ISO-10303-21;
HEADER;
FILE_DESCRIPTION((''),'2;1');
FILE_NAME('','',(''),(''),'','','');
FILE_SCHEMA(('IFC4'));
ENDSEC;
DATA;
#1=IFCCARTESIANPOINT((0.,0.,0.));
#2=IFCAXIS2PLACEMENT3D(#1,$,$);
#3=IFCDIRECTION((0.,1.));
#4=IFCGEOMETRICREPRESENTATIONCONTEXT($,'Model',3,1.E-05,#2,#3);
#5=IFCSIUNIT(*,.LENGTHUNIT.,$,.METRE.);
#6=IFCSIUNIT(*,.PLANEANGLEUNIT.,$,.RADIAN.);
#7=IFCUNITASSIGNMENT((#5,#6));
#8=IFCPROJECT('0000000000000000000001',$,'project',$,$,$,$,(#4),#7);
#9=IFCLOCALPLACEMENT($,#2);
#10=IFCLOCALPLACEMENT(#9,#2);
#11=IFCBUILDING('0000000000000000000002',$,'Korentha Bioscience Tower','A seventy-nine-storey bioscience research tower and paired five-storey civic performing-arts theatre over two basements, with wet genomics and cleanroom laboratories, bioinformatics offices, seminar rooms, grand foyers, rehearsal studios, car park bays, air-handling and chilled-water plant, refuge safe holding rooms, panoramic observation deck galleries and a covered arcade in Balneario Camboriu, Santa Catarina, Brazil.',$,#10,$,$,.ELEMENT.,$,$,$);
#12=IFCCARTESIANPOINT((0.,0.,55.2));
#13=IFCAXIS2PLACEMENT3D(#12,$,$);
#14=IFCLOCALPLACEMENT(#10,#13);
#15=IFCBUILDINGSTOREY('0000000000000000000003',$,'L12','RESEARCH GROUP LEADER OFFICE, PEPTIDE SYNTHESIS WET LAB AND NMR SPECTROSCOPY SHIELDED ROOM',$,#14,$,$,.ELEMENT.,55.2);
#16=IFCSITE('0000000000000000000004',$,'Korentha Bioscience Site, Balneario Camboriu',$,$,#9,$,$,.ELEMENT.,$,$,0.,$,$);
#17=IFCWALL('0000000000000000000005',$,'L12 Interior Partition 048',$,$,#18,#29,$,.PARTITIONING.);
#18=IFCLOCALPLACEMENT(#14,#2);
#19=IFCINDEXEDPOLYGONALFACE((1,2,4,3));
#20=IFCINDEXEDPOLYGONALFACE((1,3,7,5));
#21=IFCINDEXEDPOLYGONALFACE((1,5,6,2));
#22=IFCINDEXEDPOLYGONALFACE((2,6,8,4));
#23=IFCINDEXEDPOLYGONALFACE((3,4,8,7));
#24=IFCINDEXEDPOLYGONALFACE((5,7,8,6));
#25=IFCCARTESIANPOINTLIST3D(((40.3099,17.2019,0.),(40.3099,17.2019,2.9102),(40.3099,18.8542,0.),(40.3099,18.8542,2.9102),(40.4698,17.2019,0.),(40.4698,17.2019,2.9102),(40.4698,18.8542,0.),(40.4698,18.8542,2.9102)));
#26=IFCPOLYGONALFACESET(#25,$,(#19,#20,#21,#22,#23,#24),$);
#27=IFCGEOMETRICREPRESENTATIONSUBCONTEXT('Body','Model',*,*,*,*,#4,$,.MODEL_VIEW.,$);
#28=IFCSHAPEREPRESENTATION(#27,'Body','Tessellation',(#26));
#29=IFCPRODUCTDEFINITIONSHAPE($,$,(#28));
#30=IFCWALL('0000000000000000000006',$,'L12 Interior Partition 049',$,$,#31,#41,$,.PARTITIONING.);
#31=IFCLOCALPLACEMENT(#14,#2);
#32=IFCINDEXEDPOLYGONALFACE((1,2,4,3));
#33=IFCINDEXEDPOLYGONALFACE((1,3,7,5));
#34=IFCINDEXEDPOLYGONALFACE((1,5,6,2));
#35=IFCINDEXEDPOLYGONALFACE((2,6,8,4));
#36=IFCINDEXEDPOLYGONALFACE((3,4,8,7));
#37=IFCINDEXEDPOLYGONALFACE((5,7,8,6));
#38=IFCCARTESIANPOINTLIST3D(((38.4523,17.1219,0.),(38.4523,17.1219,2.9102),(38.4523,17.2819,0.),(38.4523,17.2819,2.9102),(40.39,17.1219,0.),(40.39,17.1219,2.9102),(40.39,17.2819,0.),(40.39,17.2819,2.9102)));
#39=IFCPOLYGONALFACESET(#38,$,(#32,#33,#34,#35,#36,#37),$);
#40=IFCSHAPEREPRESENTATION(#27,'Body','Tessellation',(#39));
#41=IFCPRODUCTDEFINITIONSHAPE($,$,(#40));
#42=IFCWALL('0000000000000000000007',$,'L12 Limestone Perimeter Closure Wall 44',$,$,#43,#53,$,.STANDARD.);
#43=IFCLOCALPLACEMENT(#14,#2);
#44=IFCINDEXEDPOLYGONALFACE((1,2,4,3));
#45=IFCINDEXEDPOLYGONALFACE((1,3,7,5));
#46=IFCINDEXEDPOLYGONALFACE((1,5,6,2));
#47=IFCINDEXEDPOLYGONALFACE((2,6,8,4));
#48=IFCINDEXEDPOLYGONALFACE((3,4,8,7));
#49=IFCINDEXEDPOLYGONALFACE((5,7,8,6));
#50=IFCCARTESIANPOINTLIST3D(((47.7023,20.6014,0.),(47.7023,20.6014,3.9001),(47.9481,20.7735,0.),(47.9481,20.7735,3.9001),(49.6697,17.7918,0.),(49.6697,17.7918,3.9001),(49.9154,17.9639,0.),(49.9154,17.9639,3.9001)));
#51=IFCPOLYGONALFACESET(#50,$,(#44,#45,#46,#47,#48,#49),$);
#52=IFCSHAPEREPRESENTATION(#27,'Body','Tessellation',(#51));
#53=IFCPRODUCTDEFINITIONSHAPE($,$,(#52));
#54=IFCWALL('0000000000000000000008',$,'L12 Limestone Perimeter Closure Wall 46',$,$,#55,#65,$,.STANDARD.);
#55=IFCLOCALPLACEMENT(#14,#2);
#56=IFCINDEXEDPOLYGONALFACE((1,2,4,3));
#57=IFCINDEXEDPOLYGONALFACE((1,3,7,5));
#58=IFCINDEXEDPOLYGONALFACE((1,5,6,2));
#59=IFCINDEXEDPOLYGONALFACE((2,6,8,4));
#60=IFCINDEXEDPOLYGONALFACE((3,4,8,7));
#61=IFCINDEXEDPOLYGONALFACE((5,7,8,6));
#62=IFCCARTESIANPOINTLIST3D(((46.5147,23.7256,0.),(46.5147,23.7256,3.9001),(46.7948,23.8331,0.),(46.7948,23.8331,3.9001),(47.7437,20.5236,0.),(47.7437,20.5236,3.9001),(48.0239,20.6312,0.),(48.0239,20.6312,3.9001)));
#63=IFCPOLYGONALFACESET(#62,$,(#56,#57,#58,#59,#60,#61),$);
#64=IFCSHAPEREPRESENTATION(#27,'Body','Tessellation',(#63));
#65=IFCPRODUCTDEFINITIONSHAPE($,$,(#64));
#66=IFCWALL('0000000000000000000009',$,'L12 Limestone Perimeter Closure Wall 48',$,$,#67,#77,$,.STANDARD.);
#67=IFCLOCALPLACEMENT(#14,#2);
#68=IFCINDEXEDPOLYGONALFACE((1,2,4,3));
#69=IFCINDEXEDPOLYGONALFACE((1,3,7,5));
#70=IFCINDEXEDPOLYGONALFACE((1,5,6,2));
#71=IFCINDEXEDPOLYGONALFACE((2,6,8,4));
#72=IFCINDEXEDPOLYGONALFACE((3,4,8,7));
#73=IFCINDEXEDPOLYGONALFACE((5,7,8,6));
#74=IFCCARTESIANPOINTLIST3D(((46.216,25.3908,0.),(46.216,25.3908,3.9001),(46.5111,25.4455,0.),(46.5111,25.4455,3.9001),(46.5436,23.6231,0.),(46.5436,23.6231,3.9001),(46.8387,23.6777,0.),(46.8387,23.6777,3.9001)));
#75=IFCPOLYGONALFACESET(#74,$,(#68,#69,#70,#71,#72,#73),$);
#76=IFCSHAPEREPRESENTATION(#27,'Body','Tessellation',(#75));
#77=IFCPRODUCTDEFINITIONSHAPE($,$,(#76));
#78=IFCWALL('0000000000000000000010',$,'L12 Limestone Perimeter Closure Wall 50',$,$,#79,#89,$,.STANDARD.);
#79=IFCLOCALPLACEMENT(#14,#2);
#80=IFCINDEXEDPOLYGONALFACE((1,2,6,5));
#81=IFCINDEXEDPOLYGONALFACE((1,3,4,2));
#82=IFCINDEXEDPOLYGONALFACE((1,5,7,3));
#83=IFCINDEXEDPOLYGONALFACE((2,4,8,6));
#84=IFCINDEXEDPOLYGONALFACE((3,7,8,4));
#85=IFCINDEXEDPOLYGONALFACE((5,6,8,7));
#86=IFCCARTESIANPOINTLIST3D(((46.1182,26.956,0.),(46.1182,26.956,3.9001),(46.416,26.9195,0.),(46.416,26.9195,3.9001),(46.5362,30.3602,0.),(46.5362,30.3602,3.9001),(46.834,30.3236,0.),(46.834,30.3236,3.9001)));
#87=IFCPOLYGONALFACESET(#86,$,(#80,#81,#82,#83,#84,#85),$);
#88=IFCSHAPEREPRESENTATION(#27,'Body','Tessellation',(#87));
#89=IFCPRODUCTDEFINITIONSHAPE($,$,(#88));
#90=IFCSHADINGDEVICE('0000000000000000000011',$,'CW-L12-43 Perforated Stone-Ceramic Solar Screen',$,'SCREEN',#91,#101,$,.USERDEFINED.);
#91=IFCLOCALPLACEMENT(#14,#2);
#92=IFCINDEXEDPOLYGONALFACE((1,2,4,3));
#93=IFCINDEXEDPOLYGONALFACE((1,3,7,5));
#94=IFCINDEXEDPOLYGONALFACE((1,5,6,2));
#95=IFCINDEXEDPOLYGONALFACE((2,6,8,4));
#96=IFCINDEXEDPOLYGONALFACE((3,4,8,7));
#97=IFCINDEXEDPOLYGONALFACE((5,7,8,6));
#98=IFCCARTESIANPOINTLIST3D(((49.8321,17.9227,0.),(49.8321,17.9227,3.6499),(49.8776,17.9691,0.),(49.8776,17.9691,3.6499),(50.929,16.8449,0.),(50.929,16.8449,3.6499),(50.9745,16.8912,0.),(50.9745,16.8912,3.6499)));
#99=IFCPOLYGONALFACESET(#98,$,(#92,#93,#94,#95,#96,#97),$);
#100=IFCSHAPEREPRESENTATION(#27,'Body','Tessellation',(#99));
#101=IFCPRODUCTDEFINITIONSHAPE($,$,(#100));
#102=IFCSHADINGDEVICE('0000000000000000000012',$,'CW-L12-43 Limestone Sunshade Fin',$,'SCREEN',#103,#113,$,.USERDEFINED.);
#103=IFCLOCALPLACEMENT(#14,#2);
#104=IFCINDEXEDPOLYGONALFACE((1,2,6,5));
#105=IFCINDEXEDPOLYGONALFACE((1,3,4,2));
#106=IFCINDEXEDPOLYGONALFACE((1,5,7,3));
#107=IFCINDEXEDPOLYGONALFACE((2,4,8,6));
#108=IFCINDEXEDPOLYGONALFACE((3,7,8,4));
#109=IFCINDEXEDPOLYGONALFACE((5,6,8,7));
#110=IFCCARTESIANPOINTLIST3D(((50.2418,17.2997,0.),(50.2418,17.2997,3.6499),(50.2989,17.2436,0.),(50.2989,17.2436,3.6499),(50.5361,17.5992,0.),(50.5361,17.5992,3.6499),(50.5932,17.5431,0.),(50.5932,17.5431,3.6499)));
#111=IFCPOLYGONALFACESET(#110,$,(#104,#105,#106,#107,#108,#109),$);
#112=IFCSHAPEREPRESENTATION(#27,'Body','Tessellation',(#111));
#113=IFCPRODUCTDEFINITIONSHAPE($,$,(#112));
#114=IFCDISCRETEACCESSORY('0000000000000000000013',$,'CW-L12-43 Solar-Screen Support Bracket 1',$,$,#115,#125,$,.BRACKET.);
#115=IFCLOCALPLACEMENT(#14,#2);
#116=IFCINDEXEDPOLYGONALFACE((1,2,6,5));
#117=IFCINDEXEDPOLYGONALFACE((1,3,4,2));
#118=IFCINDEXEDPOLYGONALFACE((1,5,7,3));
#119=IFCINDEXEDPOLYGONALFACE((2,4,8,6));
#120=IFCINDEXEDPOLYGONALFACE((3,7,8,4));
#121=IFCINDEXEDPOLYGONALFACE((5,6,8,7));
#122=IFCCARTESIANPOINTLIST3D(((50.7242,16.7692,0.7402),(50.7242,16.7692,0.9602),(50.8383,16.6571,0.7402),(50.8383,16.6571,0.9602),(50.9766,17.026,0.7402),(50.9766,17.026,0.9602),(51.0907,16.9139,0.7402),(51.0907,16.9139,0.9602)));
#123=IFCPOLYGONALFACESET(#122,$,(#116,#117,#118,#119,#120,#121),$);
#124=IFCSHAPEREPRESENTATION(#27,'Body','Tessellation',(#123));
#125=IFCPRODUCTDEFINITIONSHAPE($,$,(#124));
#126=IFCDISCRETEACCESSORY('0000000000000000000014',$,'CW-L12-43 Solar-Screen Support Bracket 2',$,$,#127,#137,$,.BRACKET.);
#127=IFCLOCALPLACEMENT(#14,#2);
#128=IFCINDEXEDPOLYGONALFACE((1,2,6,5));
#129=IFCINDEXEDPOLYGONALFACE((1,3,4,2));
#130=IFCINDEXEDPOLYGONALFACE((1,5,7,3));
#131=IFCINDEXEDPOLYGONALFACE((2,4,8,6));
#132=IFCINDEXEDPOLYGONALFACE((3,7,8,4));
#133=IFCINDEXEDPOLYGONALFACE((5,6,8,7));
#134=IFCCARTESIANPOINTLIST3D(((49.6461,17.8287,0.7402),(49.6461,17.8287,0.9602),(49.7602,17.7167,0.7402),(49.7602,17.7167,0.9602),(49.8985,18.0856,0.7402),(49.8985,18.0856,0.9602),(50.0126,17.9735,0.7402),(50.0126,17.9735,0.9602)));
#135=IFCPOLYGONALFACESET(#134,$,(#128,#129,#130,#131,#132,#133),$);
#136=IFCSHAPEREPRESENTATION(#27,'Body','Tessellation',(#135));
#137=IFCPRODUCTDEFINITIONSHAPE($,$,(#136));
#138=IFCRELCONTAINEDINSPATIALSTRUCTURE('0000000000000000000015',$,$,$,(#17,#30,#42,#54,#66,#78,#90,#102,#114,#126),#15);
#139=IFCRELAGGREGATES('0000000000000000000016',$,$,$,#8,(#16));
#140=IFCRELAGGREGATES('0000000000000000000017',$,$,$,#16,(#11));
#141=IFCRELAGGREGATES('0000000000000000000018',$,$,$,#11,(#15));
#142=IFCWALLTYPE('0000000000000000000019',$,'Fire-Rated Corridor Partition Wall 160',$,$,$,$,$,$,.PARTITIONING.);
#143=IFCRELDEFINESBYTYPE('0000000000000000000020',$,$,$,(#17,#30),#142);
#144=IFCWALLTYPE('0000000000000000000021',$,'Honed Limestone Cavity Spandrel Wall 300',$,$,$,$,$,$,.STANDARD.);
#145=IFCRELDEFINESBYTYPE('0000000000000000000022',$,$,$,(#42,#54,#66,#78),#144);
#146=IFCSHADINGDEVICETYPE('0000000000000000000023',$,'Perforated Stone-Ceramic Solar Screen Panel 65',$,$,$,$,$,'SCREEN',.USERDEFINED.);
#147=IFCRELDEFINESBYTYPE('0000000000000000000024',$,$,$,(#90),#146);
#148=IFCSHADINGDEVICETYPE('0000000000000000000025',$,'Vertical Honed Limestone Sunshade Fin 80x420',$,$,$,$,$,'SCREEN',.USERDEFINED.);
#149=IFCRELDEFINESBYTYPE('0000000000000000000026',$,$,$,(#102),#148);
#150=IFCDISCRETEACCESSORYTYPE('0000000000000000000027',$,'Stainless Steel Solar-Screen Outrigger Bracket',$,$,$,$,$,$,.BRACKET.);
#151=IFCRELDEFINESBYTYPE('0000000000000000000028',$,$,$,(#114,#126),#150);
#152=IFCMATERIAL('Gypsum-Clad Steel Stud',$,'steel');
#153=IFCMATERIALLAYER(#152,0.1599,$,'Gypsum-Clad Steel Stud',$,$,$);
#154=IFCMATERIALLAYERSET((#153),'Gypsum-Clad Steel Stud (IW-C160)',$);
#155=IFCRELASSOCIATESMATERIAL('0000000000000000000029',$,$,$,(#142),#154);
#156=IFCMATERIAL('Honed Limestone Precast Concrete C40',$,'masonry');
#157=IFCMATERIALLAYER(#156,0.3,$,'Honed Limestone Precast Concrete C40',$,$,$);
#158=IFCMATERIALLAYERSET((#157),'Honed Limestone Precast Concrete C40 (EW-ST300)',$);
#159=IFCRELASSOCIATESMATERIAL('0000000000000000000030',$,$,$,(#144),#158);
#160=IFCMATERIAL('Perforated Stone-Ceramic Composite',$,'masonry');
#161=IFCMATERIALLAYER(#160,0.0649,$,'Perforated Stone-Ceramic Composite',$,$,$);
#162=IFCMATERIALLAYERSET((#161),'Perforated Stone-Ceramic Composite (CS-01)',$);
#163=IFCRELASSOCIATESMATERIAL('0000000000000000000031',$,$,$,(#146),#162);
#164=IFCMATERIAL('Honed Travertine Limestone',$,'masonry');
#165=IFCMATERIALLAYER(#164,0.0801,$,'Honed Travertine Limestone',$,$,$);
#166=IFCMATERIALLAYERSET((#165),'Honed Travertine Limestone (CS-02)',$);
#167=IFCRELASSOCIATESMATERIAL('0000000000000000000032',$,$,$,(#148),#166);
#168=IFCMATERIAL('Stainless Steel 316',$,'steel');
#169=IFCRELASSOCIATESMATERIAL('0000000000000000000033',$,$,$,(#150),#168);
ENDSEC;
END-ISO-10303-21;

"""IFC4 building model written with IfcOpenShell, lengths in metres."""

from ifc_helpers import new_model, si_unit, direction, frame, frame_2d, origin, origin_2d, place, context, subcontext, project, spatial, rectangle, extrude, material, layer, layer_set, type_object, element, save


model = new_model("IFC4")

# Units and contexts
model_context = context("Model", 3, precision=1e-05, world=origin(), true_north=direction((0.0, 1.0)))
body_context = subcontext(model_context, "Body", "Model", "MODEL_VIEW")
ifc_project = project(units=[si_unit("LENGTHUNIT", "METRE"), si_unit("PLANEANGLEUNIT", "RADIAN")], contexts=[model_context])

# Site, building, storey
site_placement = place(None, origin())
site = spatial("IfcSite", under=ifc_project, at=site_placement, Name="Korentha Bioscience Site, Balneario Camboriu", CompositionType="ELEMENT", RefElevation=0.0)
building_placement = place(site_placement, origin())
building = spatial("IfcBuilding", under=site, at=building_placement, Name="Korentha Bioscience Tower", Description="A seventy-nine-storey bioscience research tower and paired five-storey civic performing-arts theatre over two basements, with wet genomics and cleanroom laboratories, bioinformatics offices, seminar rooms, grand foyers, rehearsal studios, car park bays, air-handling and chilled-water plant, refuge safe holding rooms, panoramic observation deck galleries and a covered arcade in Balneario Camboriu, Santa Catarina, Brazil.", CompositionType="ELEMENT")
storey_placement = place(building_placement, frame((0.0, 0.0, 55.2)))
storey = spatial("IfcBuildingStorey", under=building, at=storey_placement, Name="L12", Description="RESEARCH GROUP LEADER OFFICE, PEPTIDE SYNTHESIS WET LAB AND NMR SPECTROSCOPY SHIELDED ROOM", CompositionType="ELEMENT", Elevation=55.2)

# Walls
ifc_material_1 = material(Name="Gypsum-Clad Steel Stud", Category="steel")
ifc_layer_1 = layer(ifc_material_1, 0.1599, Name="Gypsum-Clad Steel Stud")
ifc_layer_set_1 = layer_set([ifc_layer_1], Name="Gypsum-Clad Steel Stud (IW-C160)")
wall_type_1 = type_object("IfcWallType", Name="Fire-Rated Corridor Partition Wall 160", PredefinedType="PARTITIONING", material=ifc_layer_set_1)
wall_1_placement = place(storey_placement, frame((40.3899, 18.8542, 0.0), z_axis=(0.0, 0.0, 1.0), x_axis=(0.0, -1.0, 0.0)))
element("IfcWall", 1, at=wall_1_placement, inside=storey, type_object=wall_type_1, Name="L12 Interior Partition 048", PredefinedType="PARTITIONING", context=body_context, shape_type="SweptSolid", body=[
    extrude(rectangle(XDim=1.6523, YDim=0.1599, at=frame_2d((0.8262, 0.0))), origin(), (0.0, 0.0, 1.0), 2.9102),
])
wall_2_placement = place(storey_placement, frame((40.3899, 17.2019, 0.0), z_axis=(0.0, 0.0, 1.0), x_axis=(-1.0, 0.0, 0.0)))
element("IfcWall", 2, at=wall_2_placement, inside=storey, type_object=wall_type_1, Name="L12 Interior Partition 049", PredefinedType="PARTITIONING", context=body_context, shape_type="SweptSolid", body=[
    extrude(rectangle(XDim=1.9377, YDim=0.1599, at=frame_2d((0.9688, 0.0))), origin(), (0.0, 0.0, 1.0), 2.9102),
])
ifc_material_2 = material(Name="Honed Limestone Precast Concrete C40", Category="masonry")
ifc_layer_2 = layer(ifc_material_2, 0.3, Name="Honed Limestone Precast Concrete C40")
ifc_layer_set_2 = layer_set([ifc_layer_2], Name="Honed Limestone Precast Concrete C40 (EW-ST300)")
wall_type_2 = type_object("IfcWallType", Name="Honed Limestone Cavity Spandrel Wall 300", PredefinedType="STANDARD", material=ifc_layer_set_2)
wall_3_placement = place(storey_placement, frame((49.7925, 17.8779, 0.0), z_axis=(0.0, 0.0, 1.0), x_axis=(-0.573577, 0.819152, 0.0)))
element("IfcWall", 3, at=wall_3_placement, inside=storey, type_object=wall_type_2, Name="L12 Limestone Perimeter Closure Wall 44", PredefinedType="STANDARD", context=body_context, shape_type="SweptSolid", body=[
    extrude(rectangle(XDim=3.4299, YDim=0.3, at=frame_2d((1.7148, 0.0))), origin(), (0.0, 0.0, 1.0), 3.9001),
])
wall_4_placement = place(storey_placement, frame((47.8838, 20.5774, 0.0), z_axis=(0.0, 0.0, 1.0), x_axis=(-0.358345, 0.933589, 0.0)))
element("IfcWall", 4, at=wall_4_placement, inside=storey, type_object=wall_type_2, Name="L12 Limestone Perimeter Closure Wall 46", PredefinedType="STANDARD", context=body_context, shape_type="SweptSolid", body=[
    extrude(rectangle(XDim=3.4297, YDim=0.3, at=frame_2d((1.7148, 0.0))), origin(), (0.0, 0.0, 1.0), 3.9001),
])
wall_5_placement = place(storey_placement, frame((46.6912, 23.6504, 0.0), z_axis=(0.0, 0.0, 1.0), x_axis=(-0.18223, 0.983256, 0.0)))
element("IfcWall", 5, at=wall_5_placement, inside=storey, type_object=wall_type_2, Name="L12 Limestone Perimeter Closure Wall 48", PredefinedType="STANDARD", context=body_context, shape_type="SweptSolid", body=[
    extrude(rectangle(XDim=1.7979, YDim=0.3, at=frame_2d((0.8989, 0.0))), origin(), (0.0, 0.0, 1.0), 3.9001),
])
wall_6_placement = place(storey_placement, frame((46.2671, 26.9377, 0.0), z_axis=(0.0, 0.0, 1.0), x_axis=(0.12187, 0.992546, 0.0)))
element("IfcWall", 6, at=wall_6_placement, inside=storey, type_object=wall_type_2, Name="L12 Limestone Perimeter Closure Wall 50", PredefinedType="STANDARD", context=body_context, shape_type="SweptSolid", body=[
    extrude(rectangle(XDim=3.4297, YDim=0.3, at=frame_2d((1.7148, 0.0))), origin(), (0.0, 0.0, 1.0), 3.9001),
])

# Shading devices
ifc_material_3 = material(Name="Perforated Stone-Ceramic Composite", Category="masonry")
ifc_layer_3 = layer(ifc_material_3, 0.0649, Name="Perforated Stone-Ceramic Composite")
ifc_layer_set_3 = layer_set([ifc_layer_3], Name="Perforated Stone-Ceramic Composite (CS-01)")
shading_device_type_1 = type_object("IfcShadingDeviceType", Name="Perforated Stone-Ceramic Solar Screen Panel 65", ElementType="SCREEN", PredefinedType="USERDEFINED", material=ifc_layer_set_3)
shading_device_1_placement = place(storey_placement, frame((50.4033, 17.407, 0.0), z_axis=(0.0, 0.0, 1.0), x_axis=(-0.713279, 0.70088, 0.0)))
element("IfcShadingDevice", 7, at=shading_device_1_placement, inside=storey, type_object=shading_device_type_1, Name="CW-L12-43 Perforated Stone-Ceramic Solar Screen", ObjectType="SCREEN", PredefinedType="USERDEFINED", context=body_context, shape_type="SweptSolid", body=[
    extrude(rectangle(XDim=1.5378, YDim=0.0649, at=origin_2d()), origin(), (0.0, 0.0, 1.0), 3.6499),
])
ifc_material_4 = material(Name="Honed Travertine Limestone", Category="masonry")
ifc_layer_4 = layer(ifc_material_4, 0.0801, Name="Honed Travertine Limestone")
ifc_layer_set_4 = layer_set([ifc_layer_4], Name="Honed Travertine Limestone (CS-02)")
shading_device_type_2 = type_object("IfcShadingDeviceType", Name="Vertical Honed Limestone Sunshade Fin 80x420", ElementType="SCREEN", PredefinedType="USERDEFINED", material=ifc_layer_set_4)
shading_device_2_placement = place(storey_placement, frame((50.4175, 17.4214, 0.0), z_axis=(0.0, 0.0, 1.0), x_axis=(-0.713279, 0.70088, 0.0)))
element("IfcShadingDevice", 8, at=shading_device_2_placement, inside=storey, type_object=shading_device_type_2, Name="CW-L12-43 Limestone Sunshade Fin", ObjectType="SCREEN", PredefinedType="USERDEFINED", context=body_context, shape_type="SweptSolid", body=[
    extrude(rectangle(XDim=0.0801, YDim=0.4199, at=origin_2d()), origin(), (0.0, 0.0, 1.0), 3.6499),
])

# Discrete accessories
ifc_material_5 = material(Name="Stainless Steel 316", Category="steel")
discrete_accessory_type = type_object("IfcDiscreteAccessoryType", Name="Stainless Steel Solar-Screen Outrigger Bracket", PredefinedType="BRACKET", material=ifc_material_5)
for number, where, z_axis, x_axis, name in (
    (9, (50.9075, 16.8416, 0.7402), (0.0, 0.0, 1.0), (-0.713279, 0.70088, 0.0), "CW-L12-43 Solar-Screen Support Bracket 1"),
    (10, (49.8293, 17.9011, 0.7402), (0.0, 0.0, 1.0), (-0.713279, 0.70088, 0.0), "CW-L12-43 Solar-Screen Support Bracket 2"),
):
    element("IfcDiscreteAccessory", number, at=place(storey_placement, frame(where, z_axis=z_axis, x_axis=x_axis)), inside=storey, type_object=discrete_accessory_type, Name=name, PredefinedType="BRACKET", context=body_context, shape_type="SweptSolid", body=[
        extrude(rectangle(XDim=0.1599, YDim=0.3601, at=origin_2d()), origin(), (0.0, 0.0, 1.0), 0.22),
    ])

save(model, "model.ifc")
